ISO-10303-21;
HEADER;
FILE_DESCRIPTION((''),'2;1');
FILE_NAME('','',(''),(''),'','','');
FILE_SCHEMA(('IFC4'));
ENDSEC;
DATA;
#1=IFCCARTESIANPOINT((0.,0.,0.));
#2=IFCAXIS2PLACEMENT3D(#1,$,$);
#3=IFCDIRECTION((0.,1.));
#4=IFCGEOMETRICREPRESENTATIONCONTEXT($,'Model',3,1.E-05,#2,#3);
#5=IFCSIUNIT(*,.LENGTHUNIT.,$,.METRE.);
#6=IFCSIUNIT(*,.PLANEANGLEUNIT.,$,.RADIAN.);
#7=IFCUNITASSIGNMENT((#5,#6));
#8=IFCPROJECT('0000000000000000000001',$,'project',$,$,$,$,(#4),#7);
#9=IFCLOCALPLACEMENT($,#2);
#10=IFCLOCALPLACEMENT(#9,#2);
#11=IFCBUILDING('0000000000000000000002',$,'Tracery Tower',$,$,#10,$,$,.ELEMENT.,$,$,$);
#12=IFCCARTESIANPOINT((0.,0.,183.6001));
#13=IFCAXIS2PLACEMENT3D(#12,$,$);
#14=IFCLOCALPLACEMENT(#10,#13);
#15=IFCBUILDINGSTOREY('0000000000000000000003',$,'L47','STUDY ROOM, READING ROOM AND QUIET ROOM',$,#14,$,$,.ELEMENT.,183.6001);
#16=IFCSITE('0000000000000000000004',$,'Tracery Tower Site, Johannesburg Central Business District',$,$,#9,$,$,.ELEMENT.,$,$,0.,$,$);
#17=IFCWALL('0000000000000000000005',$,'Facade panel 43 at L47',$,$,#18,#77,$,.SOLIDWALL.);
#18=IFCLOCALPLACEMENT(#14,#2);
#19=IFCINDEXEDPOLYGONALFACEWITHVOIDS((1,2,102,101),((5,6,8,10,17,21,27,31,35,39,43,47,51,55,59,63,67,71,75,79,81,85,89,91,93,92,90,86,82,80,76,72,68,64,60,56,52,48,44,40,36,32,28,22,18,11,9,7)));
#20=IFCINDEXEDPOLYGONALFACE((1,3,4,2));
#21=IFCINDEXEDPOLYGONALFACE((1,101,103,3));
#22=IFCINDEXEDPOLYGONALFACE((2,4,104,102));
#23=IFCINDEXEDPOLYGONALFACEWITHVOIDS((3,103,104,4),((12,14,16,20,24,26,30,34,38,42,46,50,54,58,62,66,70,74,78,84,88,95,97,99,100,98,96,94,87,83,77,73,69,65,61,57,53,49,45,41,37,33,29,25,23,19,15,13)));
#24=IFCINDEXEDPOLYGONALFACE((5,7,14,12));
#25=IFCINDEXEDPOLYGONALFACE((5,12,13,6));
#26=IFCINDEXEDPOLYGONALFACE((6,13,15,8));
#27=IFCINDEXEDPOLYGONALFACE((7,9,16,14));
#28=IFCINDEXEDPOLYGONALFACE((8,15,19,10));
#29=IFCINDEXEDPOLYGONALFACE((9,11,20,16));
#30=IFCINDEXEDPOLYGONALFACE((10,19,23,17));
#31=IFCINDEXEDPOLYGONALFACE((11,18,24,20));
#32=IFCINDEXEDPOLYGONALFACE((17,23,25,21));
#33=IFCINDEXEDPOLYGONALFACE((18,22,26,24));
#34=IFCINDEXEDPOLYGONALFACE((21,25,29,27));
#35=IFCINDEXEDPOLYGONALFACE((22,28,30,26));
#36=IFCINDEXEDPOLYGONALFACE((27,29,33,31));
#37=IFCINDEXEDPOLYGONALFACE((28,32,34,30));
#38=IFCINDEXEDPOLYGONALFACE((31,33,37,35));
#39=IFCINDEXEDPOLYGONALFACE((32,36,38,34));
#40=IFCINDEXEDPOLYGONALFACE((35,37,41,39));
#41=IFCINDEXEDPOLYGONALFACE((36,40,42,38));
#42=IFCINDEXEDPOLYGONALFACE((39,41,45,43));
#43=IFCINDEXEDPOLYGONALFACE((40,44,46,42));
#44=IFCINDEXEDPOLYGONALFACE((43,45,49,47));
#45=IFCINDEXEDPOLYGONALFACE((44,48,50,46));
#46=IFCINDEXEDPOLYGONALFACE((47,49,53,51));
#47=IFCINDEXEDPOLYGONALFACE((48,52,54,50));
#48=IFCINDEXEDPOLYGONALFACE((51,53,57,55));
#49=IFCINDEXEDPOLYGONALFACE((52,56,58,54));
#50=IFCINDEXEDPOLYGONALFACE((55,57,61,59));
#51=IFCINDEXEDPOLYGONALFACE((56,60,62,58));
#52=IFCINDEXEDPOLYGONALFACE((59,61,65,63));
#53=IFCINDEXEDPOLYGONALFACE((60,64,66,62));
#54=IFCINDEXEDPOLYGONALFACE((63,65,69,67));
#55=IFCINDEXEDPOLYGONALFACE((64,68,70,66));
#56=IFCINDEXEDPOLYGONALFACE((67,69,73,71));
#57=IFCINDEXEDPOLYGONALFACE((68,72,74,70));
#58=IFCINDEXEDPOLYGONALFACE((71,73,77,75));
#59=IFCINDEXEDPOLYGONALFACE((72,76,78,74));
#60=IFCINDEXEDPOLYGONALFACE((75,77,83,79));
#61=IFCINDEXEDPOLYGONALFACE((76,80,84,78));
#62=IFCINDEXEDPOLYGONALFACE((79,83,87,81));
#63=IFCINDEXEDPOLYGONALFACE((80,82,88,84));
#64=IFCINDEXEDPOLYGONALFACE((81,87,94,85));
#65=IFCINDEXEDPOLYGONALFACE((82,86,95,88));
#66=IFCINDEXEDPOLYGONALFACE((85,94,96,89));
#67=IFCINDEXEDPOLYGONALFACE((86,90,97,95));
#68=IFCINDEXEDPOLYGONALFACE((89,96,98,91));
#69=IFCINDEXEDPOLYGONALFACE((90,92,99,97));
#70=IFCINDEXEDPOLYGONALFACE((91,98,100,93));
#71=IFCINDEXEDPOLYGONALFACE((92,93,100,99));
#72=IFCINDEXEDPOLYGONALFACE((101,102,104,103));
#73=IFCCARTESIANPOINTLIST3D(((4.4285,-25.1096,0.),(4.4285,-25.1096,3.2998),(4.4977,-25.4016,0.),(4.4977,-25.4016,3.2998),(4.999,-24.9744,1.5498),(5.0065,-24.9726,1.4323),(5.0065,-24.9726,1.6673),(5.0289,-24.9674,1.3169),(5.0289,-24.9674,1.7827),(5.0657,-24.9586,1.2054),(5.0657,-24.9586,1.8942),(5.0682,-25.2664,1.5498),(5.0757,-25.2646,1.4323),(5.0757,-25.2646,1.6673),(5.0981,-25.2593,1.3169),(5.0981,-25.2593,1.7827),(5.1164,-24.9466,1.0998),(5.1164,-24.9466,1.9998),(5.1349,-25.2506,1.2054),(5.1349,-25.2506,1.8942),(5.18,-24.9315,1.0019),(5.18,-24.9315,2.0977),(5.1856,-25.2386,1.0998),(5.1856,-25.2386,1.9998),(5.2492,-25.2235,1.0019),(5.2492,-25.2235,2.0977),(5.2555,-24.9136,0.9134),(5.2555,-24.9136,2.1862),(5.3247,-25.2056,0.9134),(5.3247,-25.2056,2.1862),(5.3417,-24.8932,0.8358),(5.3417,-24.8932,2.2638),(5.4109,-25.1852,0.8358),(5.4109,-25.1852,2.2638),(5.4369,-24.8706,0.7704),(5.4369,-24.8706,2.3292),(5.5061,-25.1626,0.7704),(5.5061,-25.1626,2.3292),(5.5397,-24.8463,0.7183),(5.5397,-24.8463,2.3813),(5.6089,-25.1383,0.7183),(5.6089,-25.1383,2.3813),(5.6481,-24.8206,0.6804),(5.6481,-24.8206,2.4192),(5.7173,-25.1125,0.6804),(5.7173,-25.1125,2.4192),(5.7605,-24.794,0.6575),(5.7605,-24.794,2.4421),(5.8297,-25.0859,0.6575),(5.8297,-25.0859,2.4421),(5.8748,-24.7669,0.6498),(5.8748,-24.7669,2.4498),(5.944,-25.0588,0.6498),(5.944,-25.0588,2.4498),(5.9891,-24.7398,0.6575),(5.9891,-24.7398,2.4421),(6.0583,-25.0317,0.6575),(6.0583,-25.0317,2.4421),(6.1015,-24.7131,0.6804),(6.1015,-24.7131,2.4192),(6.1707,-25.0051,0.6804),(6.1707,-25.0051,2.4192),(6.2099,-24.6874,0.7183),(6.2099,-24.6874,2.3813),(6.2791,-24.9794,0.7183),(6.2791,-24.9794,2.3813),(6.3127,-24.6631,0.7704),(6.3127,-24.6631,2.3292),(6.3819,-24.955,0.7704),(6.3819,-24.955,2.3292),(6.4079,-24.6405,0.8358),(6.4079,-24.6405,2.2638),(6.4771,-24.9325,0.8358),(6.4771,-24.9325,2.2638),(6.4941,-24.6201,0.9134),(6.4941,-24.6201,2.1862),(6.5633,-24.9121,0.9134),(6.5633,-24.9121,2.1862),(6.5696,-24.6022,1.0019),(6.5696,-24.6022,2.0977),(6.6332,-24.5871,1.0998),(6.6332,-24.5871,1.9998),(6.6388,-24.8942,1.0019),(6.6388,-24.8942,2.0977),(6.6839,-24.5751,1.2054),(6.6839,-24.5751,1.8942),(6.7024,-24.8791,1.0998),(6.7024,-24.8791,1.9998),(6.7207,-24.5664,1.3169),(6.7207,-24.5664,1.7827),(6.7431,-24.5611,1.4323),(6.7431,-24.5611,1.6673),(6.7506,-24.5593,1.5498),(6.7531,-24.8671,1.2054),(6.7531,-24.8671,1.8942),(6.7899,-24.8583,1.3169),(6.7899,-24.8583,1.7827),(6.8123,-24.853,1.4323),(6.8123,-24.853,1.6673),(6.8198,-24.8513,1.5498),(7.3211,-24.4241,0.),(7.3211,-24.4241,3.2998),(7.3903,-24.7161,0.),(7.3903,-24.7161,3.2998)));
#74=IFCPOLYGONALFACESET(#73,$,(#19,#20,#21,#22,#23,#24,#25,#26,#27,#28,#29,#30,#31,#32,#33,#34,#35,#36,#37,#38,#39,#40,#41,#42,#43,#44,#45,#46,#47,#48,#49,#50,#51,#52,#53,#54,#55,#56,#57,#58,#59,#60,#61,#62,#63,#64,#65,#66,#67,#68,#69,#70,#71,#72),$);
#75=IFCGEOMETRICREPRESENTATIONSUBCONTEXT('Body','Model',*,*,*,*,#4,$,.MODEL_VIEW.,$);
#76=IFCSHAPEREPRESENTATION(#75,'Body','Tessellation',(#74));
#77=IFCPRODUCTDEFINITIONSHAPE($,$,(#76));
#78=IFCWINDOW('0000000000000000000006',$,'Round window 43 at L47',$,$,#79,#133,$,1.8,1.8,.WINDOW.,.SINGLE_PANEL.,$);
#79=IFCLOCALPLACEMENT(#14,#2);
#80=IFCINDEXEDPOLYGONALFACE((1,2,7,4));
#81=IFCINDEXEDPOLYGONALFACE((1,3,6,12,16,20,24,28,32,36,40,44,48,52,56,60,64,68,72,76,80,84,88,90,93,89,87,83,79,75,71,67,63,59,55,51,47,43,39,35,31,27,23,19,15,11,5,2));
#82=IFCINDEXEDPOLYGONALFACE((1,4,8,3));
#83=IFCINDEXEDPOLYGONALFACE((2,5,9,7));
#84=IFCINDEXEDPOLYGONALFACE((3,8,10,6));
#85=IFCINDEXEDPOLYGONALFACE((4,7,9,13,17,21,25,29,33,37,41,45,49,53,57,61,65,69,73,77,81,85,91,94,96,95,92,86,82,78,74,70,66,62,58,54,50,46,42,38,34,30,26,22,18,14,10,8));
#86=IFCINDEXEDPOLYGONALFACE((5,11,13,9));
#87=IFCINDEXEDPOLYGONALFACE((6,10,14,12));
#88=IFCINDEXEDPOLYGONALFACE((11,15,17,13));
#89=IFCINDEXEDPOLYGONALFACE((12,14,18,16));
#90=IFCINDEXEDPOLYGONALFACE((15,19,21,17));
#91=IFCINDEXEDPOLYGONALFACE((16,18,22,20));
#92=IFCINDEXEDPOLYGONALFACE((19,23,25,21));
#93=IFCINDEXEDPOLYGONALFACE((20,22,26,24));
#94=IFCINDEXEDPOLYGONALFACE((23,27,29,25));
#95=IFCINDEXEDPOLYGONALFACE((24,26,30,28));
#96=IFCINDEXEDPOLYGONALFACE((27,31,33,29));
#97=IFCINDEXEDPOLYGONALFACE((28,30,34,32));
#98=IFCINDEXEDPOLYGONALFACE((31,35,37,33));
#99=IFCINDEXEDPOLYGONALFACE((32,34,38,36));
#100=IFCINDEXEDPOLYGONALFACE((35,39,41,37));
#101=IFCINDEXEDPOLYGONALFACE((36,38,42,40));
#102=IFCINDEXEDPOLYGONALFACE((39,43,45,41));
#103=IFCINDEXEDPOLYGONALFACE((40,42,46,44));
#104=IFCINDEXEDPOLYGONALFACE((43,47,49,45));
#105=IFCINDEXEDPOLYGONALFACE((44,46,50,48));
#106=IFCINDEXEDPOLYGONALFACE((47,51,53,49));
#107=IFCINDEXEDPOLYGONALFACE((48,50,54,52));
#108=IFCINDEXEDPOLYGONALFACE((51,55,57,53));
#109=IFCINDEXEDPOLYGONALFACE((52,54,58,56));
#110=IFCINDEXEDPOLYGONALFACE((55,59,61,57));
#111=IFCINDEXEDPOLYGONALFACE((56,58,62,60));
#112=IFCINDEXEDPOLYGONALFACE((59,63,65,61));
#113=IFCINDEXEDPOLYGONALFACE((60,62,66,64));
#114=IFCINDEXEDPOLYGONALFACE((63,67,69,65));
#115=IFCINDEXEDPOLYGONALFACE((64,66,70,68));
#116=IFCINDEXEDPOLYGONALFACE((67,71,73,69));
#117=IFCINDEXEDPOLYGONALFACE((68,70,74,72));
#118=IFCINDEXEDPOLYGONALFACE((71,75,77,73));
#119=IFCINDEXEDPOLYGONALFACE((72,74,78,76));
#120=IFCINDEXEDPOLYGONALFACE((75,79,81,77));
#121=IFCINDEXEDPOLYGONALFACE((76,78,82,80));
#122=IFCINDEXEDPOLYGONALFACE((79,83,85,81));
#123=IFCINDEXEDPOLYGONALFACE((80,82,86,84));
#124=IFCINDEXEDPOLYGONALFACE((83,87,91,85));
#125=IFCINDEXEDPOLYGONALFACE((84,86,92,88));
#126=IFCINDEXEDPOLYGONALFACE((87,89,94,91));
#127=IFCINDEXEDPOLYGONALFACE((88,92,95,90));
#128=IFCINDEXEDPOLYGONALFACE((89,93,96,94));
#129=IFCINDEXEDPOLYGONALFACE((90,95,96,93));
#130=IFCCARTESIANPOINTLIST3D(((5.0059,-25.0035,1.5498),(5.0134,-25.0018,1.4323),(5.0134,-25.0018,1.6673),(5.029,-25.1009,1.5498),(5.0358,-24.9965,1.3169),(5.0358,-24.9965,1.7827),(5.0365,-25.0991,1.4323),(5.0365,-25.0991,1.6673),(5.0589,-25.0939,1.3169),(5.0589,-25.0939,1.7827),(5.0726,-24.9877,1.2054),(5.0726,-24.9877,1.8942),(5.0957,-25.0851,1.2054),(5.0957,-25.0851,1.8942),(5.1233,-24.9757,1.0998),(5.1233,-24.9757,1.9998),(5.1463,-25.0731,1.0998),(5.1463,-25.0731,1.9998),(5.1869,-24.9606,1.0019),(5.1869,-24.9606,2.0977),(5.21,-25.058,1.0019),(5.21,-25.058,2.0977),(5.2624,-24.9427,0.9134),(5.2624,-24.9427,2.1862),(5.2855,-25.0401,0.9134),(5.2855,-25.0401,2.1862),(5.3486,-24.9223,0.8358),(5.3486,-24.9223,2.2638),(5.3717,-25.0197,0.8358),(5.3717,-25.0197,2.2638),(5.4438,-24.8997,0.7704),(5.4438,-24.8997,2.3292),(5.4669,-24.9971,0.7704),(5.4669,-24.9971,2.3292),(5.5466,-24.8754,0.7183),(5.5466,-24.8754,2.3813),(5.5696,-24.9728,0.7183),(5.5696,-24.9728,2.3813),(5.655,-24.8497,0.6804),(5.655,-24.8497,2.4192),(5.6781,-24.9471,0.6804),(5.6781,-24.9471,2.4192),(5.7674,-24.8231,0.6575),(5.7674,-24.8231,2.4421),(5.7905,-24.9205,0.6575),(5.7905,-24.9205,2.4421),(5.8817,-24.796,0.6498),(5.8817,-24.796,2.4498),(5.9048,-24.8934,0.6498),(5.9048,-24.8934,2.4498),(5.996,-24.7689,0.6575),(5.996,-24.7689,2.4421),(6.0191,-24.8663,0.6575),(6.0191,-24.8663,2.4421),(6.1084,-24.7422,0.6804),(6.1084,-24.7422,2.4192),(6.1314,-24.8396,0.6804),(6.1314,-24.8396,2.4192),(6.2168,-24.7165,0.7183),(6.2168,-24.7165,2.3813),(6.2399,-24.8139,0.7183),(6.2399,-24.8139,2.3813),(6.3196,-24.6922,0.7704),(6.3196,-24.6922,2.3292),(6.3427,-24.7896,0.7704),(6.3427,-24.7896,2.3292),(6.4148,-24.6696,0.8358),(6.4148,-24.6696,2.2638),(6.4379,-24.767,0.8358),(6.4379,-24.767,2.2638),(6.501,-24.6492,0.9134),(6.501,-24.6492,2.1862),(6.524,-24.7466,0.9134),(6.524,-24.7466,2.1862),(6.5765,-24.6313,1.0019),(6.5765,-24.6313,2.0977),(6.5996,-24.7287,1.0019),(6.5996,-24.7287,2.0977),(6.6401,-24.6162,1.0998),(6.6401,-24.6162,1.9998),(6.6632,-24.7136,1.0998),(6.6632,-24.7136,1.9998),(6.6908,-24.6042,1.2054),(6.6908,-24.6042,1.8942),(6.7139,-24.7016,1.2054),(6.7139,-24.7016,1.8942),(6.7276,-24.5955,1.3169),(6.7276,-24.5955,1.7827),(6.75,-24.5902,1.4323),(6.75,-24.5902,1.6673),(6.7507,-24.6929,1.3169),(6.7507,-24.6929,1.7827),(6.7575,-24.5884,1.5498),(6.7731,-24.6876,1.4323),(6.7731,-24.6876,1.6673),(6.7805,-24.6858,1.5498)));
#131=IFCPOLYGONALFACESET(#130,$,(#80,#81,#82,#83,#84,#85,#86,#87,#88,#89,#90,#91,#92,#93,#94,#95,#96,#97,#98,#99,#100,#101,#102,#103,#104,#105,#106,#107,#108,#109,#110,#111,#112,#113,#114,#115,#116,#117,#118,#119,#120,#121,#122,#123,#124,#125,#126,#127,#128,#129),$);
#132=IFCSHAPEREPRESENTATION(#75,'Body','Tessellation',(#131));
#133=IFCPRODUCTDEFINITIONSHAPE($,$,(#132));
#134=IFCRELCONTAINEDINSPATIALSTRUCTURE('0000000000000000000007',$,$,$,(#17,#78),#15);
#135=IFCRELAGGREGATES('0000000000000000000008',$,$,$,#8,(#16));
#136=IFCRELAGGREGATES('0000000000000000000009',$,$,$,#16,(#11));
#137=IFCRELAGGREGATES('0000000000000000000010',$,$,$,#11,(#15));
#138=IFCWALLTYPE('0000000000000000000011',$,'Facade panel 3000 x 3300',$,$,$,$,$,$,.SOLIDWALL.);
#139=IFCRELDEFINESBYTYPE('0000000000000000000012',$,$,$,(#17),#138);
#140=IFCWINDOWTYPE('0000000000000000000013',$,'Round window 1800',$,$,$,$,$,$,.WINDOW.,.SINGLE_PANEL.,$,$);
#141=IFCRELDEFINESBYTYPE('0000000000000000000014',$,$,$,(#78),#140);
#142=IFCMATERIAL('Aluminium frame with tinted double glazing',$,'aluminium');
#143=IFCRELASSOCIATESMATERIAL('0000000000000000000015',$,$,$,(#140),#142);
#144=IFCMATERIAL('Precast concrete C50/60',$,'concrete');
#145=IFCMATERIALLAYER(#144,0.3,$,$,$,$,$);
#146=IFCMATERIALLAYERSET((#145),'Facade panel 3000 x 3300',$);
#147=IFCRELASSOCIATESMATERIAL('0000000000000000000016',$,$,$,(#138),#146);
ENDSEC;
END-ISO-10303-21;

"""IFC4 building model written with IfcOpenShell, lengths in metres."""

from ifc_helpers import new_model, si_unit, direction, frame, frame_2d, origin, origin_2d, place, context, subcontext, project, spatial, rectangle, circle, extrude, material, layer, layer_set, type_object, element, fill, save


model = new_model("IFC4")

# Units and contexts
model_context = context("Model", 3, precision=1e-05, world=origin(), true_north=direction((0.0, 1.0)))
body_context = subcontext(model_context, "Body", "Model", "MODEL_VIEW")
ifc_project = project(units=[si_unit("LENGTHUNIT", "METRE"), si_unit("PLANEANGLEUNIT", "RADIAN")], contexts=[model_context])

# Site, building, storey
site_placement = place(None, origin())
site = spatial("IfcSite", under=ifc_project, at=site_placement, Name="Tracery Tower Site, Johannesburg Central Business District", CompositionType="ELEMENT", RefElevation=0.0)
building_placement = place(site_placement, origin())
building = spatial("IfcBuilding", under=site, at=building_placement, Name="Tracery Tower", CompositionType="ELEMENT")
storey_placement = place(building_placement, frame((0.0, 0.0, 183.6001)))
storey = spatial("IfcBuildingStorey", under=building, at=storey_placement, Name="L47", Description="STUDY ROOM, READING ROOM AND QUIET ROOM", CompositionType="ELEMENT", Elevation=183.6001)

# Wall, opening, window
ifc_material_1 = material(Name="Aluminium frame with tinted double glazing", Category="aluminium")
window_type = type_object("IfcWindowType", Name="Round window 1800", PartitioningType="SINGLE_PANEL", PredefinedType="WINDOW", material=ifc_material_1)
ifc_material_2 = material(Name="Precast concrete C50/60", Category="concrete")
ifc_layer_1 = layer(ifc_material_2, 0.3)
ifc_layer_set_1 = layer_set([ifc_layer_1], Name="Facade panel 3000 x 3300")
wall_type_1 = type_object("IfcWallType", Name="Facade panel 3000 x 3300", PredefinedType="SOLIDWALL", material=ifc_layer_set_1)
wall_1_placement = place(storey_placement, frame((4.4631, -25.2556, 0.0), z_axis=(0.0, 0.0, 1.0), x_axis=(0.973045, 0.230614, 0.0)))
wall_1 = element("IfcWall", 1, at=wall_1_placement, inside=storey, type_object=wall_type_1, Name="Facade panel 43 at L47", PredefinedType="SOLIDWALL", context=body_context, shape_type="SweptSolid", body=[
    extrude(rectangle(XDim=2.9727, YDim=0.3, at=frame_2d((1.4863, 0.0))), origin(), (0.0, 0.0, 1.0), 3.2998),
])
opening_1_placement = place(wall_1_placement, frame((1.4863, 0.0, 1.5498)))
opening_1 = element("IfcOpeningElement", 2, at=opening_1_placement, cuts=wall_1, PredefinedType="OPENING", context=body_context, shape_type="SweptSolid", body=[
    extrude(circle(Radius=0.9, at=origin_2d()), frame((0.0, 0.1599, 0.0), z_axis=(0.0, -1.0, 0.0), x_axis=(1.0, 0.0, 0.0)), (0.0, 0.0, 1.0), 0.3201),
])
window_1_placement = place(opening_1_placement, origin())
window_1 = element("IfcWindow", 3, at=window_1_placement, inside=storey, type_object=window_type, Name="Round window 43 at L47", OverallHeight=1.8, OverallWidth=1.8, PartitioningType="SINGLE_PANEL", PredefinedType="WINDOW", context=body_context, shape_type="SweptSolid", body=[
    extrude(circle(Radius=0.9, at=origin_2d()), frame((0.0, 0.1201, 0.0), z_axis=(0.0, -1.0, 0.0), x_axis=(1.0, 0.0, 0.0)), (0.0, 0.0, 1.0), 0.1001),
])
fill(opening_1, window_1)

save(model, "model.ifc")
